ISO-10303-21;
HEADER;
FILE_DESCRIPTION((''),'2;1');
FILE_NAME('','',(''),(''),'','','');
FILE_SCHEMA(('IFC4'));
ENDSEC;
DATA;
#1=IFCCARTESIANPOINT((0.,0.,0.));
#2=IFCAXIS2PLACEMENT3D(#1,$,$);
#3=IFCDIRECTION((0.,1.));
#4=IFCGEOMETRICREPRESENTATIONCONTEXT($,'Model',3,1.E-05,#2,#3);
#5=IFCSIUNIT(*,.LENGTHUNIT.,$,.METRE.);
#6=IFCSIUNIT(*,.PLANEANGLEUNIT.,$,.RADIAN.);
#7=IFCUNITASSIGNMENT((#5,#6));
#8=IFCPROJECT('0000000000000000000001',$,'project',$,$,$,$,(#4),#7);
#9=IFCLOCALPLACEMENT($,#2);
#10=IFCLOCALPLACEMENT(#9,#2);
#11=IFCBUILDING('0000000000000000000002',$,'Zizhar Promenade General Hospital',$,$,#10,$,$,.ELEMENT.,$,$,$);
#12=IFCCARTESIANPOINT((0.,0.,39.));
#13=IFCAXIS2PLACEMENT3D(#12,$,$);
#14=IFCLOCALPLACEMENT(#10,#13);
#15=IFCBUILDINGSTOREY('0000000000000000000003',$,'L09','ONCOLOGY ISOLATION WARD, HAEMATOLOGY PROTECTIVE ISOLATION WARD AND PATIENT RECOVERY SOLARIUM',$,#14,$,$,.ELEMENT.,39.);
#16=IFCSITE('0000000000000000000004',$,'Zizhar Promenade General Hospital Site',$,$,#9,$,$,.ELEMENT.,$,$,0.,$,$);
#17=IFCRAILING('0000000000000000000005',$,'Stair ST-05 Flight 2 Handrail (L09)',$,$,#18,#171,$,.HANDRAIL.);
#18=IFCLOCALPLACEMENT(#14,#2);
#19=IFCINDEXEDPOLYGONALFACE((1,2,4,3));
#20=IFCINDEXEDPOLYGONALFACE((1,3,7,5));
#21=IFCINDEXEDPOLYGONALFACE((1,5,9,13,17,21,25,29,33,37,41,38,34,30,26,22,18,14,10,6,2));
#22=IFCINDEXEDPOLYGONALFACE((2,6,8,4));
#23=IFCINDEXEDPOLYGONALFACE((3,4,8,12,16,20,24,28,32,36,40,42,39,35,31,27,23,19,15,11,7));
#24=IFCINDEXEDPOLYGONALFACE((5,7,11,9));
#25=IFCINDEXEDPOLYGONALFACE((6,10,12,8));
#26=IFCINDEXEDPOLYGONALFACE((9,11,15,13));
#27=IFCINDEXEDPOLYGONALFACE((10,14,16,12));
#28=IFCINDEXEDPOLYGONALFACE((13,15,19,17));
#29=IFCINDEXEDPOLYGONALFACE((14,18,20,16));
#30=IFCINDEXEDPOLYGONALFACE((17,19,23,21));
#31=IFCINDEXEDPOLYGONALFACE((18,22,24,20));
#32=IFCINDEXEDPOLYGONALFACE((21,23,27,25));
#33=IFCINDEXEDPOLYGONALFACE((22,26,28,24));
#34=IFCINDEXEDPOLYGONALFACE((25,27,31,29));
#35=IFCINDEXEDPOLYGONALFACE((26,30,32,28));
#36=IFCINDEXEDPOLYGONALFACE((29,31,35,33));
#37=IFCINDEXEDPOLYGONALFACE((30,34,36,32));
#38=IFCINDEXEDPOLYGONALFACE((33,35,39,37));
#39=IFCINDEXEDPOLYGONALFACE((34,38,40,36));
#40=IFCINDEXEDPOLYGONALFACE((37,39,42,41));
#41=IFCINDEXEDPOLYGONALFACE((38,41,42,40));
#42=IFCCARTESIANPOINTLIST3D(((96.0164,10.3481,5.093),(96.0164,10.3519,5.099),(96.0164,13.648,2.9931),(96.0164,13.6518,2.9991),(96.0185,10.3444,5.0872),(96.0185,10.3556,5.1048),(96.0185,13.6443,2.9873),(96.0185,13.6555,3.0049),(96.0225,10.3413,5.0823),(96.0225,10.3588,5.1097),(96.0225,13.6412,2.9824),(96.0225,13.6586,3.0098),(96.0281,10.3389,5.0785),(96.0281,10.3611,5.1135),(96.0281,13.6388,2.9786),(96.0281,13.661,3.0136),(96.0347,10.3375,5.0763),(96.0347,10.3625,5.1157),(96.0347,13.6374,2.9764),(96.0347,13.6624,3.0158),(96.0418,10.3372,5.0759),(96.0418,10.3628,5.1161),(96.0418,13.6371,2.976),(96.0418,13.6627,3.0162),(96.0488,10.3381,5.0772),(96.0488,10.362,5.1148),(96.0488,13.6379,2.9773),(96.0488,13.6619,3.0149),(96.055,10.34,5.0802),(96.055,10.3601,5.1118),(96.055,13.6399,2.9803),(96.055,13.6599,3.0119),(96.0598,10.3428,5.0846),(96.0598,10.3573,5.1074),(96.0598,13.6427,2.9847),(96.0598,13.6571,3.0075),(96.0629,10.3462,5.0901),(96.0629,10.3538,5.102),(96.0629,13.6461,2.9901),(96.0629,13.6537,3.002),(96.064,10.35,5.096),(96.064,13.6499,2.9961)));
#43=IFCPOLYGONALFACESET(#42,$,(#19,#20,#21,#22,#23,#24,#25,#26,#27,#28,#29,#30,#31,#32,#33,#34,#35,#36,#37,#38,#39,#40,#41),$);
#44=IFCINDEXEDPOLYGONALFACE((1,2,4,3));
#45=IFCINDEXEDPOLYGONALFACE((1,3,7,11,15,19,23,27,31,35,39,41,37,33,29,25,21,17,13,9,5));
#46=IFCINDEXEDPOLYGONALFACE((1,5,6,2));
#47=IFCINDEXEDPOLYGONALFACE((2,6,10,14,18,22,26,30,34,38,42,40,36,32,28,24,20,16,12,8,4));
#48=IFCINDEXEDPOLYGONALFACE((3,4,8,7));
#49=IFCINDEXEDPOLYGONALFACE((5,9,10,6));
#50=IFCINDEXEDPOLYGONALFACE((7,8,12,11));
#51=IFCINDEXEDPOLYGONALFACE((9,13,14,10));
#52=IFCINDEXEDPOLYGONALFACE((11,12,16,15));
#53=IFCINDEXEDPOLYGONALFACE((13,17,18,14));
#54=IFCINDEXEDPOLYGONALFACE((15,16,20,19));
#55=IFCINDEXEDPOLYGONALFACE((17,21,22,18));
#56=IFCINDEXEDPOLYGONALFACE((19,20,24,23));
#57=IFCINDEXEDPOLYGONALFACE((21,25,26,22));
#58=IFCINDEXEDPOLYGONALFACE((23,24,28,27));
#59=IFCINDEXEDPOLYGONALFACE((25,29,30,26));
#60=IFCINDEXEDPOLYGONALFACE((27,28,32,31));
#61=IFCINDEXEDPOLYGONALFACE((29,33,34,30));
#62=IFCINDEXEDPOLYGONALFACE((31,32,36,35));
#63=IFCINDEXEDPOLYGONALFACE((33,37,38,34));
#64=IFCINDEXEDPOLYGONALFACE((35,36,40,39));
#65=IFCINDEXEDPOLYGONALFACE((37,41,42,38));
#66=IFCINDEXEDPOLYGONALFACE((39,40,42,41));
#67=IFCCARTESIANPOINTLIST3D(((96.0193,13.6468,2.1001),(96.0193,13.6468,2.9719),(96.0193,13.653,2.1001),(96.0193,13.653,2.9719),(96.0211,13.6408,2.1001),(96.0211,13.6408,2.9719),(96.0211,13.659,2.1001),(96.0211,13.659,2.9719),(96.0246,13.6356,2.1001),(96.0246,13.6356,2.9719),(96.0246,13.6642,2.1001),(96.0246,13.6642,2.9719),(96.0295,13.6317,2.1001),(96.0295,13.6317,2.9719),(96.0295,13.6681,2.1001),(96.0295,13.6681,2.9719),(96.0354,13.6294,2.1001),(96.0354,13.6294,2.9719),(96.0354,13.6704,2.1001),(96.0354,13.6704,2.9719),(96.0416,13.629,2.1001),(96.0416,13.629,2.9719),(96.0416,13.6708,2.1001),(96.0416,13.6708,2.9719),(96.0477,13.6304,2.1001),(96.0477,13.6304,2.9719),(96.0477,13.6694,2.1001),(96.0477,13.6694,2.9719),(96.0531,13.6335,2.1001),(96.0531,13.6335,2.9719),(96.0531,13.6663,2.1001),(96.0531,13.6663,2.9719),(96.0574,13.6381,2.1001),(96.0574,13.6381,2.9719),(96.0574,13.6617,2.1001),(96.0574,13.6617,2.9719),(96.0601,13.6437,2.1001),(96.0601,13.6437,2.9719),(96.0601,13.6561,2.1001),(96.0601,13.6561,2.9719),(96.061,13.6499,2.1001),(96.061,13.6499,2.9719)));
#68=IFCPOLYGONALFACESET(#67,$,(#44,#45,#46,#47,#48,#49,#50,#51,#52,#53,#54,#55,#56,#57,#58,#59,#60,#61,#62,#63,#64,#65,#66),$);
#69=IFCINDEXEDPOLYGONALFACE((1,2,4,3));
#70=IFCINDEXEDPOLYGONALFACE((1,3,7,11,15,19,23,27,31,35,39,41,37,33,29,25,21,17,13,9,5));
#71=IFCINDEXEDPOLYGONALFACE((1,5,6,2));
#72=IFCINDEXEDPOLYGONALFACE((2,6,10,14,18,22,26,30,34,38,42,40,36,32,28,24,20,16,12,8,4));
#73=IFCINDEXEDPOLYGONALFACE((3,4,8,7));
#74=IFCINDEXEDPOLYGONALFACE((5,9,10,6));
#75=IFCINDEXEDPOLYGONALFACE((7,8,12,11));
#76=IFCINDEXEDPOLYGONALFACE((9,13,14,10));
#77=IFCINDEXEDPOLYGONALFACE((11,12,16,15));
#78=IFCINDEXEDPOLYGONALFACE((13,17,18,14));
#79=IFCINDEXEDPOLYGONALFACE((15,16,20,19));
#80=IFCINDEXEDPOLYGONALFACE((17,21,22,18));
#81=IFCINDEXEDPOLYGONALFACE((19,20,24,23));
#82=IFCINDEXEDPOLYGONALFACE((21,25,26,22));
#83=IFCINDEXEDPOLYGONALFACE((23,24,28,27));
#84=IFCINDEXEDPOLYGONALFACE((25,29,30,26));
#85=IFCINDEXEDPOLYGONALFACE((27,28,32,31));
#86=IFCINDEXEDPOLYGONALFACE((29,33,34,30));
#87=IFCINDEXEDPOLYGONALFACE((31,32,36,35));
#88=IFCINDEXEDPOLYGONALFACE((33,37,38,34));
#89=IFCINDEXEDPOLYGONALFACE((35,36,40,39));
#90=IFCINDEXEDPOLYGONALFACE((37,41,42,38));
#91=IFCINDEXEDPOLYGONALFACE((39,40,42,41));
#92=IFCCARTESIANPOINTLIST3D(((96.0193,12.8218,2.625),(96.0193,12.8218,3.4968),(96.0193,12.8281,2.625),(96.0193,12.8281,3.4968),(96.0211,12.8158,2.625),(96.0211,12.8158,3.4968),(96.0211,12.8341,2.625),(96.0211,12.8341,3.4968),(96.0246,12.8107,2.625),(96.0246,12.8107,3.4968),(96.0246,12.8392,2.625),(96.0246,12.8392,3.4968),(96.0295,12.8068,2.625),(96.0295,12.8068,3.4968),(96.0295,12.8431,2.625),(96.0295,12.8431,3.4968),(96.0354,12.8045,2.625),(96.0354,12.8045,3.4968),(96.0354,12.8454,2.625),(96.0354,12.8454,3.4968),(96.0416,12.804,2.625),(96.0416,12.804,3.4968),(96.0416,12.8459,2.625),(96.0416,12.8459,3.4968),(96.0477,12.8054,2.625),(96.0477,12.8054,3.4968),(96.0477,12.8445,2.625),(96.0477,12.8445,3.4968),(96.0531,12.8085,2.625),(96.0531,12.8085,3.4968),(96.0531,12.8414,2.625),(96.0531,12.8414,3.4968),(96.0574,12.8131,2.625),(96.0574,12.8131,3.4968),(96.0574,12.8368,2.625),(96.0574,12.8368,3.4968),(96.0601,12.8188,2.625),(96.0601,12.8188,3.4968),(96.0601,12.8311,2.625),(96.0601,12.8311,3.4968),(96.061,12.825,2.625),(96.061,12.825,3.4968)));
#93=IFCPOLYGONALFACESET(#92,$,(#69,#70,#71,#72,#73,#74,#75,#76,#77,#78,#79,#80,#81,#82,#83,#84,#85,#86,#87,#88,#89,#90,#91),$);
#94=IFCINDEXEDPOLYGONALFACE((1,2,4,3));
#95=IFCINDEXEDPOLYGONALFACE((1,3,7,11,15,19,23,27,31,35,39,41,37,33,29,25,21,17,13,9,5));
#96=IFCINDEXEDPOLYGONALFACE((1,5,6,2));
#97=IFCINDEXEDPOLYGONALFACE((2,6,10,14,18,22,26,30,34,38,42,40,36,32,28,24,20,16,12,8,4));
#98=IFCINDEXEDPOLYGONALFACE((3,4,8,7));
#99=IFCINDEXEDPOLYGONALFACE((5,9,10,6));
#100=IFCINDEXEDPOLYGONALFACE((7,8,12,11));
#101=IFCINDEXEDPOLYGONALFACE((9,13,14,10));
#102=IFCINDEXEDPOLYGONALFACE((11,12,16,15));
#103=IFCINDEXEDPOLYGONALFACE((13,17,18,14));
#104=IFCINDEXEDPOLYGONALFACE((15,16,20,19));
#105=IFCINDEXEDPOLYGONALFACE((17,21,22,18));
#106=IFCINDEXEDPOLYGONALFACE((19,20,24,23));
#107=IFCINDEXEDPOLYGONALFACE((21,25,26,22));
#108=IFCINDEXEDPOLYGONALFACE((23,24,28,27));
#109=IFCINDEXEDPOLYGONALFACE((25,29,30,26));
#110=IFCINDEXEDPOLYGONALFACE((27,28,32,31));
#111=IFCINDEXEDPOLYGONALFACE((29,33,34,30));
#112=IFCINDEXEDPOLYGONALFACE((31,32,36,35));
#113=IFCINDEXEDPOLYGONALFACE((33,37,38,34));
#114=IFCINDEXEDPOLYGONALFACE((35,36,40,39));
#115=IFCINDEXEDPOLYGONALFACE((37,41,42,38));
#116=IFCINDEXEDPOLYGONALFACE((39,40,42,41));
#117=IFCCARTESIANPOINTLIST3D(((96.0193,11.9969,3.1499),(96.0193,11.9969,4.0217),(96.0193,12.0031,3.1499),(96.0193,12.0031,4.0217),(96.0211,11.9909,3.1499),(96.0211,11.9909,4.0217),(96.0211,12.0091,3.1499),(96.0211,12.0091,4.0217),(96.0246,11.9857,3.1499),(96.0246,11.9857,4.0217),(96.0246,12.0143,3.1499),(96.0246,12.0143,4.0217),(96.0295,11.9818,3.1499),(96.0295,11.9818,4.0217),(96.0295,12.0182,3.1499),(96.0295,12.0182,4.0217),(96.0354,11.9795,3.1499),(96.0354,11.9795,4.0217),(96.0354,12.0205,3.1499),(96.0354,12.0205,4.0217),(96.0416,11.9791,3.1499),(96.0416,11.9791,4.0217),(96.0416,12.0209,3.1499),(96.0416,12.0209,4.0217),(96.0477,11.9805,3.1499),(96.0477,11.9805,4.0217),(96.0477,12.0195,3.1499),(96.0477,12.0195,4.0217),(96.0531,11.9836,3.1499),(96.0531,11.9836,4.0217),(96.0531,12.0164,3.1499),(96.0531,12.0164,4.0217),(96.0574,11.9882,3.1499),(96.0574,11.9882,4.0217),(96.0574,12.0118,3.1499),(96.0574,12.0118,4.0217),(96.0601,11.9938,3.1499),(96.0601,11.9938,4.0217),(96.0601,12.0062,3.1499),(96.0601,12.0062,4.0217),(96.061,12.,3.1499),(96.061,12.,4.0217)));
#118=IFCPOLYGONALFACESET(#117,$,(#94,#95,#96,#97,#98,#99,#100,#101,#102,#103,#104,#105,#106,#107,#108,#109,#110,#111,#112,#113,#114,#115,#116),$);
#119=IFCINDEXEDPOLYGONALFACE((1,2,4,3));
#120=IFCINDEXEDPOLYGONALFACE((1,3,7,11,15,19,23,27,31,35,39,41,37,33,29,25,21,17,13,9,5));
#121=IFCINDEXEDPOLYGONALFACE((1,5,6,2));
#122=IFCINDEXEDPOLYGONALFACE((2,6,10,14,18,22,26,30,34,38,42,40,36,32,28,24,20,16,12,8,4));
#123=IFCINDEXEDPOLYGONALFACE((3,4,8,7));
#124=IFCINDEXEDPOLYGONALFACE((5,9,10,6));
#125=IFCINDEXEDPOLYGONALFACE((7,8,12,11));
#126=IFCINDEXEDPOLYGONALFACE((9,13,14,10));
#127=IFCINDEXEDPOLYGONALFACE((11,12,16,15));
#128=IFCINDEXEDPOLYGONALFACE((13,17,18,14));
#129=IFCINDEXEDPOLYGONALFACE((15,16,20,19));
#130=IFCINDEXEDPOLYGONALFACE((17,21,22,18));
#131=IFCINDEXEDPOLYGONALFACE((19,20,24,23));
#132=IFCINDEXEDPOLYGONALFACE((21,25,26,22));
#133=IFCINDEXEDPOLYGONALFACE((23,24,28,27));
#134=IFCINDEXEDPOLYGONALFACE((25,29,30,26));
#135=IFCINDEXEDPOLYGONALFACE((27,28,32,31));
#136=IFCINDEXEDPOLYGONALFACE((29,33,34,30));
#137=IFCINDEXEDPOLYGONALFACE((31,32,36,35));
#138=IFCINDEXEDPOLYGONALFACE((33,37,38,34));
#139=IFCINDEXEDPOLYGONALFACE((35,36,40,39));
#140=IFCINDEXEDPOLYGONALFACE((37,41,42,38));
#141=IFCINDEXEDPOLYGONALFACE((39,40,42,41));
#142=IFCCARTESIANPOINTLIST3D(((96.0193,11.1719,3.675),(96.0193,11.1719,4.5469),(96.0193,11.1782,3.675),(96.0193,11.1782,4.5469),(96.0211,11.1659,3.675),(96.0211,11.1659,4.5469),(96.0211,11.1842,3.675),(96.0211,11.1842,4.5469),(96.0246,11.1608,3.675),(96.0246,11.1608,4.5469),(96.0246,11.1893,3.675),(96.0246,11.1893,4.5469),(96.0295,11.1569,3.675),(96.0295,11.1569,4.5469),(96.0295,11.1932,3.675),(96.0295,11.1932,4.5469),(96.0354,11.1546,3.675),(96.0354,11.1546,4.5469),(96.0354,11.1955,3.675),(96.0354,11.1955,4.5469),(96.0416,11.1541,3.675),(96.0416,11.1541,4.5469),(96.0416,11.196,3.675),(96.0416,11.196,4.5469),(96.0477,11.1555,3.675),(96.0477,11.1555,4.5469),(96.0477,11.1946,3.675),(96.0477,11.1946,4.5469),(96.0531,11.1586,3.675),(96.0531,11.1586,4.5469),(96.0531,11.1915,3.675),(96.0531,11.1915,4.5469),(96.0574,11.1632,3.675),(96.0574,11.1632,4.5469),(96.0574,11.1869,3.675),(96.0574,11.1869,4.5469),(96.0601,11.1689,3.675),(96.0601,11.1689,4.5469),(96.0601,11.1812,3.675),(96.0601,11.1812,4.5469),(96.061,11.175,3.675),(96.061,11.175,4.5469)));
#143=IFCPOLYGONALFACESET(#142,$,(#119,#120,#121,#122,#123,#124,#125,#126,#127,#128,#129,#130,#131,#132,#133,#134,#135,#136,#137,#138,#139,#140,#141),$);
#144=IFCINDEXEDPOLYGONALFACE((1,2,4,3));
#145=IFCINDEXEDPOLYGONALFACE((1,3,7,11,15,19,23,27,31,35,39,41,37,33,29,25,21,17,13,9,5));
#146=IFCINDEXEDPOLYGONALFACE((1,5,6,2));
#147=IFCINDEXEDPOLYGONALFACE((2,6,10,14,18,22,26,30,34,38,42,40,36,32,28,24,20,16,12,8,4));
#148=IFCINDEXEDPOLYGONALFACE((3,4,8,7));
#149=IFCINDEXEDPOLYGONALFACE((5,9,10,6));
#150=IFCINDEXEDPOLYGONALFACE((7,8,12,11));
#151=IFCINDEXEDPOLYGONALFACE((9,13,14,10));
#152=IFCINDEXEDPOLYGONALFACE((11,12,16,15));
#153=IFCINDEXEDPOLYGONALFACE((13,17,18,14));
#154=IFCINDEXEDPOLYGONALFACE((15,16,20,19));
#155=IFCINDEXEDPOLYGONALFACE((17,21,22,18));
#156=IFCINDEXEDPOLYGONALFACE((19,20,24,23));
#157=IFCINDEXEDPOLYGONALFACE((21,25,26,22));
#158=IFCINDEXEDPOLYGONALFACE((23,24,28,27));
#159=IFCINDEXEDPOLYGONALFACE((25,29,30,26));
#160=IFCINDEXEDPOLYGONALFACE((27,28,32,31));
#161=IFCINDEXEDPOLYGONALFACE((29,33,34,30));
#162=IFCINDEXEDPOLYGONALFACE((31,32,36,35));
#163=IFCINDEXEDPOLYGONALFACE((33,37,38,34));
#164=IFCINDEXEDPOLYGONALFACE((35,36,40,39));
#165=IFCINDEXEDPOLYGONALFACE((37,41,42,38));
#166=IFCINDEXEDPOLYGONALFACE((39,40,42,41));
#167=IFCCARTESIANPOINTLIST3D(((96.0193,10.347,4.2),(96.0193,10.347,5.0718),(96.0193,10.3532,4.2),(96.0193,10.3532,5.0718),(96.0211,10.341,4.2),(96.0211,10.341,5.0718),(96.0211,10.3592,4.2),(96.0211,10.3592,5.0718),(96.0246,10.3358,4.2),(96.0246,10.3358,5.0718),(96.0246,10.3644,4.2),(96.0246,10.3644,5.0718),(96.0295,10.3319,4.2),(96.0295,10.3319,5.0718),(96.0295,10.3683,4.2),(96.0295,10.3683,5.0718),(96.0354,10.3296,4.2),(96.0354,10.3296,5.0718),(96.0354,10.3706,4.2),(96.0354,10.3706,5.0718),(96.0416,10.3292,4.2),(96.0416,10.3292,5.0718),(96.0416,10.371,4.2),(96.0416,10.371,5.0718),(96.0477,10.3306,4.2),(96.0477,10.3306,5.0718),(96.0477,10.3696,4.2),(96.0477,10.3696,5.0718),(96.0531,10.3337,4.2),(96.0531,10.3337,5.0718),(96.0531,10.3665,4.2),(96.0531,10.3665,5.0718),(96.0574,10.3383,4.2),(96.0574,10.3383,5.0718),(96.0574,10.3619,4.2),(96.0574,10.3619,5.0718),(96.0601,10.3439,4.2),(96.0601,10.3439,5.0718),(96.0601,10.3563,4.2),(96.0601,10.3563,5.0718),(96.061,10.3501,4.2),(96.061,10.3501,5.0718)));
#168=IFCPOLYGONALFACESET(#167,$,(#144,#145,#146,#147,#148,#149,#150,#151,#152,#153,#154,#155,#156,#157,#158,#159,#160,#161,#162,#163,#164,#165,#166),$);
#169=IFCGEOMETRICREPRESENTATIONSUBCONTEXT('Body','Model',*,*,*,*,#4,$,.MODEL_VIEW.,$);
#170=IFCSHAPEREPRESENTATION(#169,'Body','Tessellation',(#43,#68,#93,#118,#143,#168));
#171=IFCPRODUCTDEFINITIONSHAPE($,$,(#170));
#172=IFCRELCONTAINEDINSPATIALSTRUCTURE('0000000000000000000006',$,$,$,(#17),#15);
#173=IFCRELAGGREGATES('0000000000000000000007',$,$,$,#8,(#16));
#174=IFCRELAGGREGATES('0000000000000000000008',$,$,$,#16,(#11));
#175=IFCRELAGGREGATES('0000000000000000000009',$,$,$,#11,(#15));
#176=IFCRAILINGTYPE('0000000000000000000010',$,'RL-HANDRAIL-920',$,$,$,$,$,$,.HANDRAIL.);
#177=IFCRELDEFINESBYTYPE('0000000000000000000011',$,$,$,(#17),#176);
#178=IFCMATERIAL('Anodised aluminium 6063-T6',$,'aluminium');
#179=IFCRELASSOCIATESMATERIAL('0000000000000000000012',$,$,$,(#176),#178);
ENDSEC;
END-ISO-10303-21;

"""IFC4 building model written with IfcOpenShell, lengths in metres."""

from ifc_helpers import new_model, si_unit, direction, frame, origin, origin_2d, place, context, subcontext, project, spatial, circle, hollow_circle, extrude, material, material_profile, profile_set, type_object, element, save


model = new_model("IFC4")

# Units and contexts
model_context = context("Model", 3, precision=1e-05, world=origin(), true_north=direction((0.0, 1.0)))
body_context = subcontext(model_context, "Body", "Model", "MODEL_VIEW")
ifc_project = project(units=[si_unit("LENGTHUNIT", "METRE"), si_unit("PLANEANGLEUNIT", "RADIAN")], contexts=[model_context])

# Site, building, storey
site_placement = place(None, origin())
site = spatial("IfcSite", under=ifc_project, at=site_placement, Name="Zizhar Promenade General Hospital Site", CompositionType="ELEMENT", RefElevation=0.0)
building_placement = place(site_placement, origin())
building = spatial("IfcBuilding", under=site, at=building_placement, Name="Zizhar Promenade General Hospital", CompositionType="ELEMENT")
storey_placement = place(building_placement, frame((0.0, 0.0, 39.0)))
storey = spatial("IfcBuildingStorey", under=building, at=storey_placement, Name="L09", Description="ONCOLOGY ISOLATION WARD, HAEMATOLOGY PROTECTIVE ISOLATION WARD AND PATIENT RECOVERY SOLARIUM", CompositionType="ELEMENT", Elevation=39.0)

# Railing
ifc_material_1 = material(Name="Anodised aluminium 6063-T6", Category="aluminium")
ifc_material_profile_1 = material_profile(ifc_material_1, hollow_circle(Radius=0.0698, WallThickness=0.0063, at=origin_2d()))
ifc_profile_set_1 = profile_set([ifc_material_profile_1], Name="Anodised aluminium 6063-T6")
railing_type_1 = type_object("IfcRailingType", Name="RL-HANDRAIL-920", PredefinedType="HANDRAIL", material=ifc_profile_set_1)
railing_1_placement = place(storey_placement, frame((96.04, 13.6499, 2.1001)))
element("IfcRailing", 1, at=railing_1_placement, inside=storey, type_object=railing_type_1, Name="Stair ST-05 Flight 2 Handrail (L09)", PredefinedType="HANDRAIL", context=body_context, shape_type="SweptSolid", body=[
    extrude(circle(Radius=0.0239, at=origin_2d()), frame((0.0, 0.0, 0.896), z_axis=(0.0, -0.843664, 0.536871), x_axis=(1.0, 0.0, 0.0)), (0.0, 0.0, 1.0), 3.9114),
    extrude(circle(Radius=0.021, at=origin_2d()), origin(), (0.0, 0.0, 1.0), 0.8718),
    extrude(circle(Radius=0.021, at=origin_2d()), frame((0.0, -0.825, 0.5249)), (0.0, 0.0, 1.0), 0.8718),
    extrude(circle(Radius=0.021, at=origin_2d()), frame((0.0, -1.6499, 1.0498)), (0.0, 0.0, 1.0), 0.8718),
    extrude(circle(Radius=0.021, at=origin_2d()), frame((0.0, -2.4749, 1.575)), (0.0, 0.0, 1.0), 0.8718),
    extrude(circle(Radius=0.021, at=origin_2d()), frame((0.0, -3.2998, 2.0999)), (0.0, 0.0, 1.0), 0.8718),
])

save(model, "model.ifc")
